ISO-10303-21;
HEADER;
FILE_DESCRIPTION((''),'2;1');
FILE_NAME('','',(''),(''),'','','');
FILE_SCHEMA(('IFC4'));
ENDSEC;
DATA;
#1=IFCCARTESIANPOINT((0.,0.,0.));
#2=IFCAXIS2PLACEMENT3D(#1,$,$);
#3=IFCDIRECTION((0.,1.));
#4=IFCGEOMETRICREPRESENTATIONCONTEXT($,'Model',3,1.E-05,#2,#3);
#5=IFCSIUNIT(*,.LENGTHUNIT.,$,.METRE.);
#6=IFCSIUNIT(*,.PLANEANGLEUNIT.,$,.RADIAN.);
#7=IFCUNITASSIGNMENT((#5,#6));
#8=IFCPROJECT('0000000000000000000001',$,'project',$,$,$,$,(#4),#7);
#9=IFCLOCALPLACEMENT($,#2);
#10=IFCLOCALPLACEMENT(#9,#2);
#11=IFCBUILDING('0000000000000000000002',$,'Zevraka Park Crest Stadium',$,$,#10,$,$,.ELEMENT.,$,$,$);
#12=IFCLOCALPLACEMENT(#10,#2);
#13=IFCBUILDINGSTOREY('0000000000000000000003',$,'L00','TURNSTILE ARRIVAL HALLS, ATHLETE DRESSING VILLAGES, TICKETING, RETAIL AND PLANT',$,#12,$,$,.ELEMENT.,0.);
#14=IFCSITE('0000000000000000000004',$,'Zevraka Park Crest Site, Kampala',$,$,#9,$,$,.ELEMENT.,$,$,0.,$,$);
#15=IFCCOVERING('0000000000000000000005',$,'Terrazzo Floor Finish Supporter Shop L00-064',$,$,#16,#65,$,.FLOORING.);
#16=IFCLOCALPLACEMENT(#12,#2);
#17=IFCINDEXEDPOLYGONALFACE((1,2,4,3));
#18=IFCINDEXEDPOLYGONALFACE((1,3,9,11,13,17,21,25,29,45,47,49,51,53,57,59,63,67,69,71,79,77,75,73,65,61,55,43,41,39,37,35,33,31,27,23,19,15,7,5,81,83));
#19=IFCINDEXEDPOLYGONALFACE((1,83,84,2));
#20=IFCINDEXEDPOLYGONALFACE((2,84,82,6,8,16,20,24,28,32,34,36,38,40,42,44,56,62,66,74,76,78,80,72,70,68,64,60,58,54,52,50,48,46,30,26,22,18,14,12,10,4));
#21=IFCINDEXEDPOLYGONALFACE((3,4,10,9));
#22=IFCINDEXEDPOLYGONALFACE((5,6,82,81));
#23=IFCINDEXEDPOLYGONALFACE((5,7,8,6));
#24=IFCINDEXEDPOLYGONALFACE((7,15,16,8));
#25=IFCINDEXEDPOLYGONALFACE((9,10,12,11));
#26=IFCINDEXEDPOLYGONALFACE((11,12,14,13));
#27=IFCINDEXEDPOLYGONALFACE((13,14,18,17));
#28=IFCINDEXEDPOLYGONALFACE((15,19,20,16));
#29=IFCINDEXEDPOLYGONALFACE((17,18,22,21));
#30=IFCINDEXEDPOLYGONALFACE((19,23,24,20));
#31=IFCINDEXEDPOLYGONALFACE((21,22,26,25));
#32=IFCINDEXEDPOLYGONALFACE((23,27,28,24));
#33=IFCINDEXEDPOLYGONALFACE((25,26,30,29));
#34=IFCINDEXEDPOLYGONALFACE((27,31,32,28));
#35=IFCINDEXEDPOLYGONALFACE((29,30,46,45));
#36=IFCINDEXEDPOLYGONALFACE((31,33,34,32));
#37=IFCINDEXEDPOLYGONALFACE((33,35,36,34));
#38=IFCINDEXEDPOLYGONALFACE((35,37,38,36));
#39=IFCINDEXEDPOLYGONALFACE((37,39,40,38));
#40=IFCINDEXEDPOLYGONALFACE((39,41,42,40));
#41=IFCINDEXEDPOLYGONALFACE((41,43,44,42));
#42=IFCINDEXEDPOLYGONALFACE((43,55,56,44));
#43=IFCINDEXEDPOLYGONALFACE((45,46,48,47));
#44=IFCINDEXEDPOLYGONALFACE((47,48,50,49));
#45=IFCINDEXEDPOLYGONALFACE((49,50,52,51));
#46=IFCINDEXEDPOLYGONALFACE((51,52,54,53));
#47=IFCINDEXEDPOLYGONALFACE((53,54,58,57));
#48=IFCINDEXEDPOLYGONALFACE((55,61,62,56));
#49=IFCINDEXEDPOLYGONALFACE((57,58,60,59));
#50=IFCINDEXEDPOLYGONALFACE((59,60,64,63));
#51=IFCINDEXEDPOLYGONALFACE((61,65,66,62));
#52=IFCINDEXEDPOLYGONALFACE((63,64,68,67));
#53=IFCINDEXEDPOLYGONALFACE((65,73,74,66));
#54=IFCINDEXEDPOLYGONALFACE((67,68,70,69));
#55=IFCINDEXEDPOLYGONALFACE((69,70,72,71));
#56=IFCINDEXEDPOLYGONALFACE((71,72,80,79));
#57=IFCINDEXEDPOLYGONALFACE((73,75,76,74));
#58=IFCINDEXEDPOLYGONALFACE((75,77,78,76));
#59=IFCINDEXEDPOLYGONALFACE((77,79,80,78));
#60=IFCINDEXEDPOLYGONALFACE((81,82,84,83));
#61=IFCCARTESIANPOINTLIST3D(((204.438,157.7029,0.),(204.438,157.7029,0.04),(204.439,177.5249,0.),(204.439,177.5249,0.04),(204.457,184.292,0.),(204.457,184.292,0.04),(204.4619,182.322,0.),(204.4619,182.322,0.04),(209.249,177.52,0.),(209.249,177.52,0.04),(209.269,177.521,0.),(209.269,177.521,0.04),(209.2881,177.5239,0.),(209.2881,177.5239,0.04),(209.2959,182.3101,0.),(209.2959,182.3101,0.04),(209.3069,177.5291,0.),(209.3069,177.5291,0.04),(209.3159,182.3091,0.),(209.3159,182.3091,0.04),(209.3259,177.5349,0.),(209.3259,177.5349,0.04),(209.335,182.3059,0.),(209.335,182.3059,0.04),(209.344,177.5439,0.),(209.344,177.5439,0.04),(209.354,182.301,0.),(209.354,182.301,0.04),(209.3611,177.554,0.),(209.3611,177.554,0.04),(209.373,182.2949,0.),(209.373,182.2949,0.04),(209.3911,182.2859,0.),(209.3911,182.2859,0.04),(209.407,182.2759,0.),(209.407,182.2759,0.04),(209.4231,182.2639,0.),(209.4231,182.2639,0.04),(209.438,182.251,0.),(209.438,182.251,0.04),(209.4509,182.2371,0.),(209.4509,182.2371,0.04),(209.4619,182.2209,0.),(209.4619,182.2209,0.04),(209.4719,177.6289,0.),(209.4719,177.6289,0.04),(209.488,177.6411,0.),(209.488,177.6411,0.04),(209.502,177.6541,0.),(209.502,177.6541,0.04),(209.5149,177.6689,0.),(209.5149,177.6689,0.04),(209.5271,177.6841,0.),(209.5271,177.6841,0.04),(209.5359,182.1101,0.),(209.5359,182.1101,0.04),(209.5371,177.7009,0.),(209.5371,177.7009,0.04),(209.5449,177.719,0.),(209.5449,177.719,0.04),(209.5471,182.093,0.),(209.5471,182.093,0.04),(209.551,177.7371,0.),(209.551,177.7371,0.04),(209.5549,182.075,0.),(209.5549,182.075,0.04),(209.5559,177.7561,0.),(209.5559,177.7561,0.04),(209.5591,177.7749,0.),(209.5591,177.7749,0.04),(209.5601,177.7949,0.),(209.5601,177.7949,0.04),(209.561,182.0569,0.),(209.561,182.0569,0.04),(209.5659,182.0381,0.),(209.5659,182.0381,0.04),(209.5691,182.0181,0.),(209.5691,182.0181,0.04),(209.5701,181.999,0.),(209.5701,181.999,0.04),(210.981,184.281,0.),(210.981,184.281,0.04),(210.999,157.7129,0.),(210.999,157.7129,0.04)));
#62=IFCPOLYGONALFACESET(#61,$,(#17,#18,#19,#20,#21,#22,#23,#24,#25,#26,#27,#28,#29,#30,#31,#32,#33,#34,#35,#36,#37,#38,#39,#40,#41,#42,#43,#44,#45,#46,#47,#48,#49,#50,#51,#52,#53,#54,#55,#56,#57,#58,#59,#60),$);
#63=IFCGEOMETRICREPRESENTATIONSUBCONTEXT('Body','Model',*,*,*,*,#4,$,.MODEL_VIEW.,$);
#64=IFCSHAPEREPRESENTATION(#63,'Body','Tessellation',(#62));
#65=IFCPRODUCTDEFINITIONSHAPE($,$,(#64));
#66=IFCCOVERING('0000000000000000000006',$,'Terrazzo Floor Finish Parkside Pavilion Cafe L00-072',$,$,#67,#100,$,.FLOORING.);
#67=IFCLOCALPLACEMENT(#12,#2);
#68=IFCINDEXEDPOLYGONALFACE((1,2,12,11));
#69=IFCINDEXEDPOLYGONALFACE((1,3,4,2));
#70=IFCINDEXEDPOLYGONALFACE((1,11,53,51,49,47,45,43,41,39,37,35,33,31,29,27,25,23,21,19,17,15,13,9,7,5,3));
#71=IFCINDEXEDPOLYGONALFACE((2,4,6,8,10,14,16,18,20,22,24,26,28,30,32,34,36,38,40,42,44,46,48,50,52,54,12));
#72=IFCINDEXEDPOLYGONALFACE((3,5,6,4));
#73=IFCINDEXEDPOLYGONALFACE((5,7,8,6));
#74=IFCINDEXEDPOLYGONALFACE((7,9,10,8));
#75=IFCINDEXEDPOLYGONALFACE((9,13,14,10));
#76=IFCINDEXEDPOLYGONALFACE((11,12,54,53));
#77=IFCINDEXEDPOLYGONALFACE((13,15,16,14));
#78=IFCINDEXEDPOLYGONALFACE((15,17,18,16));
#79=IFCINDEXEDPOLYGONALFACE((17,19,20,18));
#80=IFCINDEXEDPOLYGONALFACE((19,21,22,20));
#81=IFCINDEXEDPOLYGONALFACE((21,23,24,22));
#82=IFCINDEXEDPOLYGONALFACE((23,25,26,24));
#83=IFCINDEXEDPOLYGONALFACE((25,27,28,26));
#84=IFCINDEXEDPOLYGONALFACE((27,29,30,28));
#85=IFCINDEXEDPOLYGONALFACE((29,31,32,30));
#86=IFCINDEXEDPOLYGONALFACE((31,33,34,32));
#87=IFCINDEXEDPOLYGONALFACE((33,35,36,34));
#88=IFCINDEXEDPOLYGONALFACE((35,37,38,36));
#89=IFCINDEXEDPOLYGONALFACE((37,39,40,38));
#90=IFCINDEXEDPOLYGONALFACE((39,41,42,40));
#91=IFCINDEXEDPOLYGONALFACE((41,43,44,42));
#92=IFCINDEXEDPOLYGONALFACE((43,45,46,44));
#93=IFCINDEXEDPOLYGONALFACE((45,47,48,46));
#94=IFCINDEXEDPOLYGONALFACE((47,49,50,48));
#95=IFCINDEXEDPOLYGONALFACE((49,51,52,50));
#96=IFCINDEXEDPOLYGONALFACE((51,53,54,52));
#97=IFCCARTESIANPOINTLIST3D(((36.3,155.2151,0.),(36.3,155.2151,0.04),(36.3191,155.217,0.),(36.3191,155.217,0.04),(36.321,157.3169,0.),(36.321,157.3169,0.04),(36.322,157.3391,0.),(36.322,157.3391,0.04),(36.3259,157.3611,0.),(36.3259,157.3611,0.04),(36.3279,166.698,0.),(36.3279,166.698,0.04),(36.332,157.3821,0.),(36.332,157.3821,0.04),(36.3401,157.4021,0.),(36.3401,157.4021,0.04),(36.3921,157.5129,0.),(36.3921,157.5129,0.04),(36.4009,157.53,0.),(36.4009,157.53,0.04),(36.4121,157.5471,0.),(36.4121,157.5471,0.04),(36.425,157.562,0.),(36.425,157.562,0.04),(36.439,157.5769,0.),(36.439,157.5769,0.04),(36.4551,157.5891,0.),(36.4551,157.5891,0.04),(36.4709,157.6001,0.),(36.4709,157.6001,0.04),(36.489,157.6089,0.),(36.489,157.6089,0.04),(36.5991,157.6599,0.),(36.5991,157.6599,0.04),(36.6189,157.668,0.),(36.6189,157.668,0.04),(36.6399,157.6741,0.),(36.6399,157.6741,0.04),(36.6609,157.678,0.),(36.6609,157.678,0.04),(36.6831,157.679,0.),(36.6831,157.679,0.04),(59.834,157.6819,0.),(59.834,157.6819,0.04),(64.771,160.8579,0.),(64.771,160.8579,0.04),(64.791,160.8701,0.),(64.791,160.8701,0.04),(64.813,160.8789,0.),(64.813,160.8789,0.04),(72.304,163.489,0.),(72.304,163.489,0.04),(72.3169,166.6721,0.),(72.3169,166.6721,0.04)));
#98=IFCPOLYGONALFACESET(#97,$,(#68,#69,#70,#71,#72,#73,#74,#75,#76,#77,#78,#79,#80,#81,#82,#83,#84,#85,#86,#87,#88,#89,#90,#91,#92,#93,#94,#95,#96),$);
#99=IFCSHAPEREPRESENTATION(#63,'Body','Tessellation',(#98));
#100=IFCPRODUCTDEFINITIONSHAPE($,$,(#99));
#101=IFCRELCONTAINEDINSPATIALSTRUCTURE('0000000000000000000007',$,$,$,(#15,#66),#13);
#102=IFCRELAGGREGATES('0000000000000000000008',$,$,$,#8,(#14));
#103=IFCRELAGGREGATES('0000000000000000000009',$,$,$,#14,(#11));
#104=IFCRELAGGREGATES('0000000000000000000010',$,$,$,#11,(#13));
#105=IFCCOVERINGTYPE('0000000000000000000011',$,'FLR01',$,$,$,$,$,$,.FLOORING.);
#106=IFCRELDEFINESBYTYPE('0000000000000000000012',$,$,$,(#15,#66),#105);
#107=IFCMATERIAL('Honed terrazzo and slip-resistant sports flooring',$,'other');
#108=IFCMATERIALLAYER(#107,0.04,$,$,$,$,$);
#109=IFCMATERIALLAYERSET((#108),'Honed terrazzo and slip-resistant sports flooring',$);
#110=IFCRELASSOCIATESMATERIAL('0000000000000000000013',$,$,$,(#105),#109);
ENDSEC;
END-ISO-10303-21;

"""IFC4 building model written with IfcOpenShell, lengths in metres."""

from ifc_helpers import new_model, si_unit, direction, origin, place, context, subcontext, project, spatial, polyline, outline, extrude, material, layer, layer_set, type_object, element, save


model = new_model("IFC4")

# Units and contexts
model_context = context("Model", 3, precision=1e-05, world=origin(), true_north=direction((0.0, 1.0)))
body_context = subcontext(model_context, "Body", "Model", "MODEL_VIEW")
ifc_project = project(units=[si_unit("LENGTHUNIT", "METRE"), si_unit("PLANEANGLEUNIT", "RADIAN")], contexts=[model_context])

# Site, building, storey
site_placement = place(None, origin())
site = spatial("IfcSite", under=ifc_project, at=site_placement, Name="Zevraka Park Crest Site, Kampala", CompositionType="ELEMENT", RefElevation=0.0)
building_placement = place(site_placement, origin())
building = spatial("IfcBuilding", under=site, at=building_placement, Name="Zevraka Park Crest Stadium", CompositionType="ELEMENT")
storey_placement = place(building_placement, origin())
storey = spatial("IfcBuildingStorey", under=building, at=storey_placement, Name="L00", Description="TURNSTILE ARRIVAL HALLS, ATHLETE DRESSING VILLAGES, TICKETING, RETAIL AND PLANT", CompositionType="ELEMENT", Elevation=0.0)

# Coverings
ifc_material_1 = material(Name="Honed terrazzo and slip-resistant sports flooring", Category="other")
ifc_layer_1 = layer(ifc_material_1, 0.04)
ifc_layer_set_1 = layer_set([ifc_layer_1], Name="Honed terrazzo and slip-resistant sports flooring")
covering_type_1 = type_object("IfcCoveringType", Name="FLR01", PredefinedType="FLOORING", material=ifc_layer_set_1)
covering_1_placement = place(storey_placement, origin())
element("IfcCovering", 1, at=covering_1_placement, inside=storey, type_object=covering_type_1, Name="Terrazzo Floor Finish Supporter Shop L00-064", PredefinedType="FLOORING", context=body_context, shape_type="SweptSolid", body=[
    extrude(outline(polyline([(204.439, 177.5249), (209.249, 177.52), (209.269, 177.521), (209.2881, 177.5239), (209.3069, 177.5291), (209.3259, 177.5349), (209.344, 177.5439), (209.3611, 177.554), (209.4719, 177.6289), (209.488, 177.6411), (209.502, 177.6541), (209.5149, 177.6689), (209.5271, 177.6841), (209.5371, 177.7009), (209.5449, 177.719), (209.551, 177.7371), (209.5559, 177.7561), (209.5591, 177.7749), (209.5601, 177.7949), (209.5701, 181.999), (209.5691, 182.0181), (209.5659, 182.0381), (209.561, 182.0569), (209.5549, 182.075), (209.5471, 182.093), (209.5359, 182.1101), (209.4619, 182.2209), (209.4509, 182.2371), (209.438, 182.251), (209.4231, 182.2639), (209.407, 182.2759), (209.3911, 182.2859), (209.373, 182.2949), (209.354, 182.301), (209.335, 182.3059), (209.3159, 182.3091), (209.2959, 182.3101), (204.4619, 182.322), (204.457, 184.292), (210.981, 184.281), (210.999, 157.7129), (204.438, 157.7029), (204.439, 177.5249)])), origin(), (0.0, 0.0, 1.0), 0.04),
])
covering_2_placement = place(storey_placement, origin())
element("IfcCovering", 2, at=covering_2_placement, inside=storey, type_object=covering_type_1, Name="Terrazzo Floor Finish Parkside Pavilion Cafe L00-072", PredefinedType="FLOORING", context=body_context, shape_type="SweptSolid", body=[
    extrude(outline(polyline([(36.3, 155.2151), (36.3279, 166.698), (72.3169, 166.6721), (72.304, 163.489), (64.813, 160.8789), (64.791, 160.8701), (64.771, 160.8579), (59.834, 157.6819), (36.6831, 157.679), (36.6609, 157.678), (36.6399, 157.6741), (36.6189, 157.668), (36.5991, 157.6599), (36.489, 157.6089), (36.4709, 157.6001), (36.4551, 157.5891), (36.439, 157.5769), (36.425, 157.562), (36.4121, 157.5471), (36.4009, 157.53), (36.3921, 157.5129), (36.3401, 157.4021), (36.332, 157.3821), (36.3259, 157.3611), (36.322, 157.3391), (36.321, 157.3169), (36.3191, 155.217), (36.3, 155.2151)])), origin(), (0.0, 0.0, 1.0), 0.04),
])

save(model, "model.ifc")
